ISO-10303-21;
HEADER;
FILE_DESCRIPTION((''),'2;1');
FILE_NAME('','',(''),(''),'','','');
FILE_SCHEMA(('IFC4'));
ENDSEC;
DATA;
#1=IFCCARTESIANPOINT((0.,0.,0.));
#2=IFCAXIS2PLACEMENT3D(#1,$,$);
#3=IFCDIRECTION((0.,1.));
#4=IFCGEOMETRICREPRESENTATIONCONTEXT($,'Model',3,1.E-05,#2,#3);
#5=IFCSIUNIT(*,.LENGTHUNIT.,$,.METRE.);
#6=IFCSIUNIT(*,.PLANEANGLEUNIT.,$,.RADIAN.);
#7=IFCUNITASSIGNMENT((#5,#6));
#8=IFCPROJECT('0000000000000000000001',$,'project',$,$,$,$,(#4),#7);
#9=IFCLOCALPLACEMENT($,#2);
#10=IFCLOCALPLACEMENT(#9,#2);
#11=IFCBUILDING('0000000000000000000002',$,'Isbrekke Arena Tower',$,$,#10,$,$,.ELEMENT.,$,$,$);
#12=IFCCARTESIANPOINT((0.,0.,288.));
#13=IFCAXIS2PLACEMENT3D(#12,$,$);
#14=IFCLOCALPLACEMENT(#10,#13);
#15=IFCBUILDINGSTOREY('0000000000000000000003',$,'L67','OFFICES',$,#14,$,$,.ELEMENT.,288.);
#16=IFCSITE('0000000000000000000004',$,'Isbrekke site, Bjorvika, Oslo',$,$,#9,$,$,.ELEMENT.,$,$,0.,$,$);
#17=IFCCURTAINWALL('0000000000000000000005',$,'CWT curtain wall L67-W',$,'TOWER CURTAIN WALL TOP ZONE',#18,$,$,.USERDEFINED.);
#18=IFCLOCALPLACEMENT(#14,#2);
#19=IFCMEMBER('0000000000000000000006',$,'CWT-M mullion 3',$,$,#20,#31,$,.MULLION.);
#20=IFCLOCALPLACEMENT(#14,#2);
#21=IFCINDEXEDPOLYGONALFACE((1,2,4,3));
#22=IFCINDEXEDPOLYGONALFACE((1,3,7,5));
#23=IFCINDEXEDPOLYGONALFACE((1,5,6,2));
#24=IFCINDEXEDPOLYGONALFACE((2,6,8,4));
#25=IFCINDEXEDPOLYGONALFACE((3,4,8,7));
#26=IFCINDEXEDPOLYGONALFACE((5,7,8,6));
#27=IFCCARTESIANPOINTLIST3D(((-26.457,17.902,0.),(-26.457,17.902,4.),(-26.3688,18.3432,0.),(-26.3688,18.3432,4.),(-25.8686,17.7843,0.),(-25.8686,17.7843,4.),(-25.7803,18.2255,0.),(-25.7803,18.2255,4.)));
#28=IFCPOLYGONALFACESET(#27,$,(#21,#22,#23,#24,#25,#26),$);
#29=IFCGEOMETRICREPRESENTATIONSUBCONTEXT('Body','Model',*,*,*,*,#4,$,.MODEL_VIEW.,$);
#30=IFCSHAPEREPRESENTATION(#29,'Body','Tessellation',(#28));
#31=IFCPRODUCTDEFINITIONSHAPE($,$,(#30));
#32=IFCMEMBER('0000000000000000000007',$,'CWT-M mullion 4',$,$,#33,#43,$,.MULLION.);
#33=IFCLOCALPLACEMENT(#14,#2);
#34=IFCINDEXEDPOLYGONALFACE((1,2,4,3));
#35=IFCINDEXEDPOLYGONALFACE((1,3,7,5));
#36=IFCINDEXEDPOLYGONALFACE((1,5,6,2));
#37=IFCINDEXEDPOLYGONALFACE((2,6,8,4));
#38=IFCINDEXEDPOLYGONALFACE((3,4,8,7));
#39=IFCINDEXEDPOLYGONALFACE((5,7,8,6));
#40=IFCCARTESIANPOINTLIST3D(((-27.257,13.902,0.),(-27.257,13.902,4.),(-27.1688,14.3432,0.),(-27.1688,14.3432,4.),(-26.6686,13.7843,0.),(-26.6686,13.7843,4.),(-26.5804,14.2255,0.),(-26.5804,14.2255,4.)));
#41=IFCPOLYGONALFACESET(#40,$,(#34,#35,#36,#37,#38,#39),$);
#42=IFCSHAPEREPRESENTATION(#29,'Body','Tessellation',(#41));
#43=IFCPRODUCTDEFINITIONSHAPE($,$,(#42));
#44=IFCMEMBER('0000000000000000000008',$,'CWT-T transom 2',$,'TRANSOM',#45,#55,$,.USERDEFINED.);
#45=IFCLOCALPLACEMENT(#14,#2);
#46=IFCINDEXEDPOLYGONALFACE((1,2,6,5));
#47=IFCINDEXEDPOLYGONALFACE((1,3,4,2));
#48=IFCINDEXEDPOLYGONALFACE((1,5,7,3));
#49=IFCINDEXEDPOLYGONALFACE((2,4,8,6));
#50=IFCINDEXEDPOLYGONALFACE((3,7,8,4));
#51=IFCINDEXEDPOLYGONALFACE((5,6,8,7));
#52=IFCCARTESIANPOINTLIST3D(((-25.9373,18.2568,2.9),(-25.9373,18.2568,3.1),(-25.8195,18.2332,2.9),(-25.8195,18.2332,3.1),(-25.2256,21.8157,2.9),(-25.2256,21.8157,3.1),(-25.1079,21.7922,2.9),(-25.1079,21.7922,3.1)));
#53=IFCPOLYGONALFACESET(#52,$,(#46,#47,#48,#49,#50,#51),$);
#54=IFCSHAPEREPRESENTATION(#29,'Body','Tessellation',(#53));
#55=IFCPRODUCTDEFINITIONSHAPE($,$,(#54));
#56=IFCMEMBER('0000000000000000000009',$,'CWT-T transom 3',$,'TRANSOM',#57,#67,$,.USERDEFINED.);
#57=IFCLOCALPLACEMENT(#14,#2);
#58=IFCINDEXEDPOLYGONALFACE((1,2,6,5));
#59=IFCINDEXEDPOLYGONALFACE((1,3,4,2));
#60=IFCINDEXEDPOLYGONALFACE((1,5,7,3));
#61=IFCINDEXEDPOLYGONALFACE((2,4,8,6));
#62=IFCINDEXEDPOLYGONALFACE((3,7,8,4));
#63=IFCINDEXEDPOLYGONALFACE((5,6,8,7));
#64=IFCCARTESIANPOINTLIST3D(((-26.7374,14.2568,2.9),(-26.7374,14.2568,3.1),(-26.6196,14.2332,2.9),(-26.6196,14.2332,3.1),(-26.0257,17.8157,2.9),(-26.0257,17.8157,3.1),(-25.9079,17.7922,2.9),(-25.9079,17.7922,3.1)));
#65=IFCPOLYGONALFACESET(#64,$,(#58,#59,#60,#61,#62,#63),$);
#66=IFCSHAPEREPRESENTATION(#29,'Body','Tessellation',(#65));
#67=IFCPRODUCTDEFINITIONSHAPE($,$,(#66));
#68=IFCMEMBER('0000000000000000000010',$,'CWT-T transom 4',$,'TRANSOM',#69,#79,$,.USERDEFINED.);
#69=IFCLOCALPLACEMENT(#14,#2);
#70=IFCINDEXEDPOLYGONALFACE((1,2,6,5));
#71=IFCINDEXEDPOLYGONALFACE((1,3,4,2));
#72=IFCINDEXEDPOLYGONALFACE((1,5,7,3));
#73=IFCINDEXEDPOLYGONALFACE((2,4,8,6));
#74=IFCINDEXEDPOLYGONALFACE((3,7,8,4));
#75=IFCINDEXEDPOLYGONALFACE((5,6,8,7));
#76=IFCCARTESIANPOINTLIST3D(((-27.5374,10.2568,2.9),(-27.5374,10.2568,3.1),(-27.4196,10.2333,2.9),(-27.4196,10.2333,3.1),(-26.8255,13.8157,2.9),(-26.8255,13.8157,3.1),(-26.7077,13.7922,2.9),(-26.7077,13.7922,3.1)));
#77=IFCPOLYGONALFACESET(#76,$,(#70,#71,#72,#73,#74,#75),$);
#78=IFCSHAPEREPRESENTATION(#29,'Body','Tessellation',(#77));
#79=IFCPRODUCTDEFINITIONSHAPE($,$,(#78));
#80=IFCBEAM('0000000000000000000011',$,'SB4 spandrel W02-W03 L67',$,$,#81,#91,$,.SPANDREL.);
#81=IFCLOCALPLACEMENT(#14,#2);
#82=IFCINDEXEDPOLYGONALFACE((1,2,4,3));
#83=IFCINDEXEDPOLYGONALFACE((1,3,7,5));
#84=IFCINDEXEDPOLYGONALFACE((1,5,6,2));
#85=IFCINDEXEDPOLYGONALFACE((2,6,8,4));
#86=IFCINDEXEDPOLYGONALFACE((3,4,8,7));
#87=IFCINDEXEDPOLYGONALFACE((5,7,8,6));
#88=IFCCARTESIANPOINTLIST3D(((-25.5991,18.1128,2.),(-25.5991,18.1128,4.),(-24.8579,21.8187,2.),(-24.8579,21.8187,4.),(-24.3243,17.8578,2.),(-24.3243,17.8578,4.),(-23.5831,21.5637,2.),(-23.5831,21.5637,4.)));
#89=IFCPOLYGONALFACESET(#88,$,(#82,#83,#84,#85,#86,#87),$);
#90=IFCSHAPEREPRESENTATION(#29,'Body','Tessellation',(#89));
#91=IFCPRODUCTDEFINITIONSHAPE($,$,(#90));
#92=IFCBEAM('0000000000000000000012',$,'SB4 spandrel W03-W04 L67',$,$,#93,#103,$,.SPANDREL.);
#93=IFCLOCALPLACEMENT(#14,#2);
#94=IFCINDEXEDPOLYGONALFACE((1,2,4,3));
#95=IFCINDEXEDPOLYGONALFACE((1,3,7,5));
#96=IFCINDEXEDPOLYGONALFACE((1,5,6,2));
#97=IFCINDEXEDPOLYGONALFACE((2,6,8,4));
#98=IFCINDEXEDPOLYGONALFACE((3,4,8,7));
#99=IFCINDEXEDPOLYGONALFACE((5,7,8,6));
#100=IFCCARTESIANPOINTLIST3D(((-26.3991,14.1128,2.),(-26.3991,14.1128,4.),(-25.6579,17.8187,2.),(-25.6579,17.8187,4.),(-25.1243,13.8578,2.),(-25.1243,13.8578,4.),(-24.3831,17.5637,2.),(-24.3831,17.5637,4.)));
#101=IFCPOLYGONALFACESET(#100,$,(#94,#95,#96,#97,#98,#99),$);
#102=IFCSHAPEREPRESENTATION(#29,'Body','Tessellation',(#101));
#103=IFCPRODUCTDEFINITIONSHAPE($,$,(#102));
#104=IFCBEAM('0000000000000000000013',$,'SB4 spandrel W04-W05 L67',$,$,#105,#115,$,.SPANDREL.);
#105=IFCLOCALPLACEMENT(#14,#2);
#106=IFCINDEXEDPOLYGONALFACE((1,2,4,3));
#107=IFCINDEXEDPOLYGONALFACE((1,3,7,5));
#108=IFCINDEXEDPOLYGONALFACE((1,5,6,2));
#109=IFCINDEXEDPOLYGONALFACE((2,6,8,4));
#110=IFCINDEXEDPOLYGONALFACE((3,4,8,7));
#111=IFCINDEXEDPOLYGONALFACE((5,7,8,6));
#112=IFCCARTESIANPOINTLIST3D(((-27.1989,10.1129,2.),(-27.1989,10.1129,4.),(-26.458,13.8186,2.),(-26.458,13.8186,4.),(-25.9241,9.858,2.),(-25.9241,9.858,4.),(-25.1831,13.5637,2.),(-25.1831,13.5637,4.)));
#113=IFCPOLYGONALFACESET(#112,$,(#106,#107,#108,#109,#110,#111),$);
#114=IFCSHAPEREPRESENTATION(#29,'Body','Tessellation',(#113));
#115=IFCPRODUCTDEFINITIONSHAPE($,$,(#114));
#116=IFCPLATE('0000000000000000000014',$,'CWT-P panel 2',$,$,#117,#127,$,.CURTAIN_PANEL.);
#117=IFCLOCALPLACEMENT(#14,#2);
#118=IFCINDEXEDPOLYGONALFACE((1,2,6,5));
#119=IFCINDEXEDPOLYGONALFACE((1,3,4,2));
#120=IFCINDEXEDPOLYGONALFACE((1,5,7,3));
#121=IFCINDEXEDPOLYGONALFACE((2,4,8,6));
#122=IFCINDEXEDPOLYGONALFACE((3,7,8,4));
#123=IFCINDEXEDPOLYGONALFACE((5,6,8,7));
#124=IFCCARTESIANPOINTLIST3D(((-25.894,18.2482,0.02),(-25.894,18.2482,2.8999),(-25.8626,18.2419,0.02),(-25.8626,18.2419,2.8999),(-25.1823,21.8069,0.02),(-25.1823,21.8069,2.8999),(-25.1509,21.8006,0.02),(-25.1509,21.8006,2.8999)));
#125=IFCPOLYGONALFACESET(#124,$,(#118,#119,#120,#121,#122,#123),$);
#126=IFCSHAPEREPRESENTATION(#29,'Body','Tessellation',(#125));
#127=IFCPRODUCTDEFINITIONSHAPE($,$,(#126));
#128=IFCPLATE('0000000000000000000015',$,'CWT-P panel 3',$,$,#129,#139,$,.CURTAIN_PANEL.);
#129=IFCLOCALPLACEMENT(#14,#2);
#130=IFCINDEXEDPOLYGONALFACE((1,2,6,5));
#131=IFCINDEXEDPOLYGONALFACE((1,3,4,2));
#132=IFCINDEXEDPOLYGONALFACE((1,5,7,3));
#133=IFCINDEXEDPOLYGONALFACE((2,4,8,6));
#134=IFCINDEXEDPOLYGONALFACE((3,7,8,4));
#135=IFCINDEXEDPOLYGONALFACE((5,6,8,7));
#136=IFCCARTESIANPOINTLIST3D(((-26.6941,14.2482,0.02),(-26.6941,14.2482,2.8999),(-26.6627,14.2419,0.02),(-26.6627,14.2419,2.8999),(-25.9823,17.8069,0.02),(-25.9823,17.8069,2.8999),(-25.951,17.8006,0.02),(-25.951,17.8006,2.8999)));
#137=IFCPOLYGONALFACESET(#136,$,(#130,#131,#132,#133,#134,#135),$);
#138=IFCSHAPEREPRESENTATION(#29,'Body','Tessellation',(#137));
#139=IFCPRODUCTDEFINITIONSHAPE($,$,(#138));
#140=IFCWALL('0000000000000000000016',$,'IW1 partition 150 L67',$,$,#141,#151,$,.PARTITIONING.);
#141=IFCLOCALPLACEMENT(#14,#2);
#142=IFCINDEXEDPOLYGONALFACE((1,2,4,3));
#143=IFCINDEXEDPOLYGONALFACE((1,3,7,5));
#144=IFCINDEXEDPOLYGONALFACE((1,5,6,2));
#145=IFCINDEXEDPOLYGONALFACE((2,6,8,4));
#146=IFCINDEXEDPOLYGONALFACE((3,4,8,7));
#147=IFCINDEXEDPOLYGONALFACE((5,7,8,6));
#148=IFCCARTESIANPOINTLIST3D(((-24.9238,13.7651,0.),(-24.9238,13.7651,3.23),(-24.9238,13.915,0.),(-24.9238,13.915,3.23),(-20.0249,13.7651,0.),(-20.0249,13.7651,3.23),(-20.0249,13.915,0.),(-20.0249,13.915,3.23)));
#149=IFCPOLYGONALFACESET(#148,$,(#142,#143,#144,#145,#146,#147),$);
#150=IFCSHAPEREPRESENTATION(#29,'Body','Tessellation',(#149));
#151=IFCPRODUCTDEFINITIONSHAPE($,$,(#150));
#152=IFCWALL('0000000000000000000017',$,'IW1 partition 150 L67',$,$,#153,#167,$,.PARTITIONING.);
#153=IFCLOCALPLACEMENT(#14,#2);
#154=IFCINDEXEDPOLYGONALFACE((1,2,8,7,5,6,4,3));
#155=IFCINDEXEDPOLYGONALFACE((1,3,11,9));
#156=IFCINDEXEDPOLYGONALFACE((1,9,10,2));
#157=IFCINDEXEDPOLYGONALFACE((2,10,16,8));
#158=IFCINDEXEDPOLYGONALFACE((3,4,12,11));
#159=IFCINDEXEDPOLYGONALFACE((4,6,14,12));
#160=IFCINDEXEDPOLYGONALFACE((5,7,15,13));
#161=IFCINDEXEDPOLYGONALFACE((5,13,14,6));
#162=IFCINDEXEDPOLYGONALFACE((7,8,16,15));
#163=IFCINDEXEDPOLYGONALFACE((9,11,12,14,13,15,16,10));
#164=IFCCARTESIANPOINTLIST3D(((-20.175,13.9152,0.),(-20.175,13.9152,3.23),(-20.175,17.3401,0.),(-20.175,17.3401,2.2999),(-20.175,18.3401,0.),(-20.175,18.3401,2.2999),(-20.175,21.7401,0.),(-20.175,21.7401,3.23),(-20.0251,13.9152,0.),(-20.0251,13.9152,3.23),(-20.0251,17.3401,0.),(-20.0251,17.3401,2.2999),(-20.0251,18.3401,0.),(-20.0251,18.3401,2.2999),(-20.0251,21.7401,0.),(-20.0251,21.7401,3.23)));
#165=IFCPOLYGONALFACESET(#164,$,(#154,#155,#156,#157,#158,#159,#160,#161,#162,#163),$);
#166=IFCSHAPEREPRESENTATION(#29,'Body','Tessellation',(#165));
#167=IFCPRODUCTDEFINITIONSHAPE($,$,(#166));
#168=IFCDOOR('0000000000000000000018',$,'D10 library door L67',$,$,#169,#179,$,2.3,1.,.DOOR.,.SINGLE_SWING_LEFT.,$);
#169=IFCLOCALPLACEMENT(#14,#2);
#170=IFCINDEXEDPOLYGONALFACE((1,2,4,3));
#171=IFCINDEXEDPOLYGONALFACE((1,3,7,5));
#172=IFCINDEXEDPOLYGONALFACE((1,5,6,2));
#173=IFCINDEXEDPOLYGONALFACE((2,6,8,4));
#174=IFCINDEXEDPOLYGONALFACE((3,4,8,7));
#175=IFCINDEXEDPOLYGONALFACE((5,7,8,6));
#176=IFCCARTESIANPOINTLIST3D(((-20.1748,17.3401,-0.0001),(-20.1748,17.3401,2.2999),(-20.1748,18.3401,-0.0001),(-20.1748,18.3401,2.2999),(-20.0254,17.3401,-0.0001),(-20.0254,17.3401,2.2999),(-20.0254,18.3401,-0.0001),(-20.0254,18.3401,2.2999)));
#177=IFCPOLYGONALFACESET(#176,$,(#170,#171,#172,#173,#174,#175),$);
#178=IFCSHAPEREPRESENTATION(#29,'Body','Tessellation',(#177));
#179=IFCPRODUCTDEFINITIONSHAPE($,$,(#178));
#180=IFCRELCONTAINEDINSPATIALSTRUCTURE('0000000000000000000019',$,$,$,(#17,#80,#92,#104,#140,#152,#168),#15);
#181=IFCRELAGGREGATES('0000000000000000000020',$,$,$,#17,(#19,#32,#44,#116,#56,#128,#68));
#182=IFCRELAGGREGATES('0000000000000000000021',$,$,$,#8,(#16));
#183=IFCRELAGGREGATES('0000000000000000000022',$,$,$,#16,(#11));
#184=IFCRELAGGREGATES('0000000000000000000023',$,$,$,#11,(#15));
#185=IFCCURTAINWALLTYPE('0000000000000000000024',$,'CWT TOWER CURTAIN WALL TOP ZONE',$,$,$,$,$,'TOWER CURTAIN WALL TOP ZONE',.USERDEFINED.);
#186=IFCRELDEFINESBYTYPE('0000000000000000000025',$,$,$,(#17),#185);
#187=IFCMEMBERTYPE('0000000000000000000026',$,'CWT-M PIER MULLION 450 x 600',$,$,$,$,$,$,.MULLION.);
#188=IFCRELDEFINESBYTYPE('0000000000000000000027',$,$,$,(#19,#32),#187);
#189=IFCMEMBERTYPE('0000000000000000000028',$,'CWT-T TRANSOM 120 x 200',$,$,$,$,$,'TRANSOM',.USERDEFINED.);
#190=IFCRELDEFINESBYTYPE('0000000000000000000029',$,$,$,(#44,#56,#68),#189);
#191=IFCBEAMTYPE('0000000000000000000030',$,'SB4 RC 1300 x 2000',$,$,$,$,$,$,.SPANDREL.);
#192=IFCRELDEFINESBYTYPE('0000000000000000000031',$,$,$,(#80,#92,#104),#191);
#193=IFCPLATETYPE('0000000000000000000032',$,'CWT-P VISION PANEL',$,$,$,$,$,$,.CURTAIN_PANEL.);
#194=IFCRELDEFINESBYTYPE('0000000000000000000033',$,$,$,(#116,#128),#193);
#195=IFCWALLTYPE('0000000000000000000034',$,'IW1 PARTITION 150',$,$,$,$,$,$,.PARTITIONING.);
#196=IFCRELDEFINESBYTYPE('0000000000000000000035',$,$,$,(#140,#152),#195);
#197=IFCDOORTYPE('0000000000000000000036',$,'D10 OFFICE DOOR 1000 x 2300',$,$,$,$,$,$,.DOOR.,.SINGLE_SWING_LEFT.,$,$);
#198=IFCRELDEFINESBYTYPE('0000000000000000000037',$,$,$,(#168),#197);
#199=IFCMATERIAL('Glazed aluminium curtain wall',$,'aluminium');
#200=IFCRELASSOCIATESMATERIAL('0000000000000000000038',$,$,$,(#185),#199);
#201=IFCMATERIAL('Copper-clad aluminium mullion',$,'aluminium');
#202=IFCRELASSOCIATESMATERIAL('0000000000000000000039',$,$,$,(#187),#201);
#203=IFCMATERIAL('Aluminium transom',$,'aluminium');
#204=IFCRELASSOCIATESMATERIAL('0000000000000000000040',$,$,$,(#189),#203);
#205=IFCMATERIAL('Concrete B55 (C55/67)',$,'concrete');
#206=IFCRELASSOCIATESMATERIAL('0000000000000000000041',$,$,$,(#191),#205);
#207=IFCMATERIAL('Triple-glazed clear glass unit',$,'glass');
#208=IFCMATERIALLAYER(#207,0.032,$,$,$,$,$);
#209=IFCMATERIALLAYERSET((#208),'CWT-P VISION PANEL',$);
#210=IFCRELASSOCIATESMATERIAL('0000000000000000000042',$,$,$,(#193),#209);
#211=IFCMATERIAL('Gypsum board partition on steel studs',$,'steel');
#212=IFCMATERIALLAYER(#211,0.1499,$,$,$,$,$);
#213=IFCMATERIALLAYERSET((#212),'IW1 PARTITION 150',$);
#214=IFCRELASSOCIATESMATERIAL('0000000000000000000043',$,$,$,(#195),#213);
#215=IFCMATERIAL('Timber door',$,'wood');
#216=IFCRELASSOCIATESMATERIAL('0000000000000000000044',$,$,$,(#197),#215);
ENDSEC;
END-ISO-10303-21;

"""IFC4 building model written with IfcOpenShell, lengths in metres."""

from ifc_helpers import new_model, si_unit, direction, frame, frame_2d, origin, origin_2d, place, context, subcontext, project, spatial, rectangle, extrude, material, layer, layer_set, material_profile, profile_set, type_object, element, fill, aggregate, save


model = new_model("IFC4")

# Units and contexts
model_context = context("Model", 3, precision=1e-05, world=origin(), true_north=direction((0.0, 1.0)))
body_context = subcontext(model_context, "Body", "Model", "MODEL_VIEW")
ifc_project = project(units=[si_unit("LENGTHUNIT", "METRE"), si_unit("PLANEANGLEUNIT", "RADIAN")], contexts=[model_context])

# Site, building, storey
site_placement = place(None, origin())
site = spatial("IfcSite", under=ifc_project, at=site_placement, Name="Isbrekke site, Bjorvika, Oslo", CompositionType="ELEMENT", RefElevation=0.0)
building_placement = place(site_placement, origin())
building = spatial("IfcBuilding", under=site, at=building_placement, Name="Isbrekke Arena Tower", CompositionType="ELEMENT")
storey_placement = place(building_placement, frame((0.0, 0.0, 288.0)))
storey = spatial("IfcBuildingStorey", under=building, at=storey_placement, Name="L67", Description="OFFICES", CompositionType="ELEMENT", Elevation=288.0)

# Curtain wall, members
ifc_material_1 = material(Name="Glazed aluminium curtain wall", Category="aluminium")
curtain_wall_type = type_object("IfcCurtainWallType", Name="CWT TOWER CURTAIN WALL TOP ZONE", ElementType="TOWER CURTAIN WALL TOP ZONE", PredefinedType="USERDEFINED", material=ifc_material_1)
curtain_wall_placement = place(storey_placement, origin())
curtain_wall = element("IfcCurtainWall", 1, at=curtain_wall_placement, inside=storey, type_object=curtain_wall_type, Name="CWT curtain wall L67-W", ObjectType="TOWER CURTAIN WALL TOP ZONE", PredefinedType="USERDEFINED")
ifc_material_2 = material(Name="Copper-clad aluminium mullion", Category="aluminium")
ifc_material_profile_1 = material_profile(ifc_material_2, rectangle(XDim=0.45, YDim=0.6001, at=origin_2d()), Name="PIER 450X600")
ifc_profile_set_1 = profile_set([ifc_material_profile_1], Name="Copper-clad aluminium mullion")
member_type_1 = type_object("IfcMemberType", Name="CWT-M PIER MULLION 450 x 600", PredefinedType="MULLION", material=ifc_profile_set_1)
member_1_placement = place(storey_placement, frame((-26.1187, 18.0637, 0.0), z_axis=(0.0, 0.0, 1.0), x_axis=(-0.196116, -0.980581, 0.0)))
member_1 = element("IfcMember", 2, at=member_1_placement, type_object=member_type_1, Name="CWT-M mullion 3", PredefinedType="MULLION", context=body_context, shape_type="SweptSolid", body=[
    extrude(rectangle(XDim=0.45, YDim=0.6001, at=origin_2d()), origin(), (0.0, 0.0, 1.0), 4.0),
])
member_2_placement = place(storey_placement, frame((-26.9187, 14.0637, 0.0), z_axis=(0.0, 0.0, 1.0), x_axis=(-0.196116, -0.980581, 0.0)))
member_2 = element("IfcMember", 3, at=member_2_placement, type_object=member_type_1, Name="CWT-M mullion 4", PredefinedType="MULLION", context=body_context, shape_type="SweptSolid", body=[
    extrude(rectangle(XDim=0.45, YDim=0.6001, at=origin_2d()), origin(), (0.0, 0.0, 1.0), 4.0),
])
ifc_material_3 = material(Name="Aluminium transom", Category="aluminium")
ifc_material_profile_2 = material_profile(ifc_material_3, rectangle(XDim=0.1201, YDim=0.2, at=origin_2d()), Name="TRANSOM 120X200")
ifc_profile_set_2 = profile_set([ifc_material_profile_2], Name="Aluminium transom")
member_type_2 = type_object("IfcMemberType", Name="CWT-T TRANSOM 120 x 200", ElementType="TRANSOM", PredefinedType="USERDEFINED", material=ifc_profile_set_2)
member_3_placement = place(storey_placement, frame((-25.1667, 21.804, 3.0), z_axis=(-0.19609, -0.980586, 0.0), x_axis=(0.980586, -0.19609, 0.0)))
member_3 = element("IfcMember", 4, at=member_3_placement, type_object=member_type_2, Name="CWT-T transom 2", ObjectType="TRANSOM", PredefinedType="USERDEFINED", context=body_context, shape_type="SweptSolid", body=[
    extrude(rectangle(XDim=0.1201, YDim=0.2, at=origin_2d()), origin(), (0.0, 0.0, 1.0), 3.6294),
])
member_4_placement = place(storey_placement, frame((-25.9668, 17.804, 3.0), z_axis=(-0.19609, -0.980586, 0.0), x_axis=(0.980586, -0.19609, 0.0)))
member_4 = element("IfcMember", 5, at=member_4_placement, type_object=member_type_2, Name="CWT-T transom 3", ObjectType="TRANSOM", PredefinedType="USERDEFINED", context=body_context, shape_type="SweptSolid", body=[
    extrude(rectangle(XDim=0.1201, YDim=0.2, at=origin_2d()), origin(), (0.0, 0.0, 1.0), 3.6294),
])
member_5_placement = place(storey_placement, frame((-26.7666, 13.804, 3.0), z_axis=(-0.196155, -0.980573, 0.0), x_axis=(0.980573, -0.196155, 0.0)))
member_5 = element("IfcMember", 6, at=member_5_placement, type_object=member_type_2, Name="CWT-T transom 4", ObjectType="TRANSOM", PredefinedType="USERDEFINED", context=body_context, shape_type="SweptSolid", body=[
    extrude(rectangle(XDim=0.1201, YDim=0.2, at=origin_2d()), origin(), (0.0, 0.0, 1.0), 3.6294),
])

# Beams
ifc_material_4 = material(Name="Concrete B55 (C55/67)", Category="concrete")
ifc_material_profile_3 = material_profile(ifc_material_4, rectangle(XDim=1.3, YDim=2.0, at=origin_2d()), Name="RC 1300x2000")
ifc_profile_set_3 = profile_set([ifc_material_profile_3], Name="Concrete B55 (C55/67)")
beam_type_1 = type_object("IfcBeamType", Name="SB4 RC 1300 x 2000", PredefinedType="SPANDREL", material=ifc_profile_set_3)
for number, where, z_axis, x_axis, name in (
    (7, (-24.2205, 21.6912, 3.0), (-0.196129, -0.980578, 0.0), (0.980578, -0.196129, 0.0), "SB4 spandrel W02-W03 L67"),
    (8, (-25.0205, 17.6912, 3.0), (-0.196129, -0.980578, 0.0), (0.980578, -0.196129, 0.0), "SB4 spandrel W03-W04 L67"),
):
    element("IfcBeam", number, at=place(storey_placement, frame(where, z_axis=z_axis, x_axis=x_axis)), inside=storey, type_object=beam_type_1, Name=name, PredefinedType="SPANDREL", context=body_context, shape_type="SweptSolid", body=[
        extrude(rectangle(XDim=1.3, YDim=2.0, at=origin_2d()), origin(), (0.0, 0.0, 1.0), 3.7793),
    ])
beam_1_placement = place(storey_placement, frame((-25.8206, 13.6912, 3.0), z_axis=(-0.196066, -0.980591, 0.0), x_axis=(0.980591, -0.196066, 0.0)))
element("IfcBeam", 9, at=beam_1_placement, inside=storey, type_object=beam_type_1, Name="SB4 spandrel W04-W05 L67", PredefinedType="SPANDREL", context=body_context, shape_type="SweptSolid", body=[
    extrude(rectangle(XDim=1.3, YDim=2.0, at=origin_2d()), origin(), (0.0, 0.0, 1.0), 3.7791),
])

# Plates
ifc_material_5 = material(Name="Triple-glazed clear glass unit", Category="glass")
ifc_layer_1 = layer(ifc_material_5, 0.032)
ifc_layer_set_1 = layer_set([ifc_layer_1], Name="CWT-P VISION PANEL")
plate_type = type_object("IfcPlateType", Name="CWT-P VISION PANEL", PredefinedType="CURTAIN_PANEL", material=ifc_layer_set_1)
plate_1_placement = place(storey_placement, frame((-25.5225, 20.0244, 0.02), z_axis=(0.0, 0.0, 1.0), x_axis=(-0.196116, -0.980581, 0.0)))
plate_1 = element("IfcPlate", 10, at=plate_1_placement, type_object=plate_type, Name="CWT-P panel 2", PredefinedType="CURTAIN_PANEL", context=body_context, shape_type="SweptSolid", body=[
    extrude(rectangle(XDim=3.6292, YDim=0.032, at=origin_2d()), origin(), (0.0, 0.0, 1.0), 2.8799),
])
plate_2_placement = place(storey_placement, frame((-26.3225, 16.0244, 0.02), z_axis=(0.0, 0.0, 1.0), x_axis=(-0.196116, -0.980581, 0.0)))
plate_2 = element("IfcPlate", 11, at=plate_2_placement, type_object=plate_type, Name="CWT-P panel 3", PredefinedType="CURTAIN_PANEL", context=body_context, shape_type="SweptSolid", body=[
    extrude(rectangle(XDim=3.6292, YDim=0.032, at=origin_2d()), origin(), (0.0, 0.0, 1.0), 2.8799),
])
aggregate(curtain_wall, [member_1, member_2, member_3, plate_1, member_4, plate_2, member_5])

# Wall
ifc_material_6 = material(Name="Gypsum board partition on steel studs", Category="steel")
ifc_layer_2 = layer(ifc_material_6, 0.1499)
ifc_layer_set_2 = layer_set([ifc_layer_2], Name="IW1 PARTITION 150")
wall_type_1 = type_object("IfcWallType", Name="IW1 PARTITION 150", PredefinedType="PARTITIONING", material=ifc_layer_set_2)
wall_1_placement = place(storey_placement, frame((-24.9238, 13.8401, 0.0), z_axis=(0.0, 0.0, 1.0), x_axis=(1.0, 0.0, 0.0)))
element("IfcWall", 12, at=wall_1_placement, inside=storey, type_object=wall_type_1, Name="IW1 partition 150 L67", PredefinedType="PARTITIONING", context=body_context, shape_type="SweptSolid", body=[
    extrude(rectangle(XDim=4.8989, YDim=0.1499, at=frame_2d((2.4495, 0.0))), origin(), (0.0, 0.0, 1.0), 3.23),
])

# Wall, opening, door
wall_2_placement = place(storey_placement, frame((-20.1001, 13.915, 0.0), z_axis=(0.0, 0.0, 1.0), x_axis=(0.0, 1.0, 0.0)))
wall_2 = element("IfcWall", 13, at=wall_2_placement, inside=storey, type_object=wall_type_1, Name="IW1 partition 150 L67", PredefinedType="PARTITIONING", context=body_context, shape_type="SweptSolid", body=[
    extrude(rectangle(XDim=7.825, YDim=0.1499, at=frame_2d((3.9126, 0.0))), origin(), (0.0, 0.0, 1.0), 3.23),
])
opening_placement = place(wall_2_placement, frame((3.425, 0.0, 0.0)))
opening = element("IfcOpeningElement", 14, at=opening_placement, cuts=wall_2, PredefinedType="OPENING", context=body_context, shape_type="SweptSolid", body=[
    extrude(rectangle(XDim=1.0, YDim=2.3, at=frame_2d((0.5, 1.1499))), frame((0.0, 0.0898, 0.0), z_axis=(0.0, -1.0, 0.0), x_axis=(1.0, 0.0, 0.0)), (0.0, 0.0, 1.0), 0.1797),
])
ifc_material_7 = material(Name="Timber door", Category="wood")
door_type = type_object("IfcDoorType", Name="D10 OFFICE DOOR 1000 x 2300", OperationType="SINGLE_SWING_LEFT", PredefinedType="DOOR", material=ifc_material_7)
door_placement = place(opening_placement, origin())
door = element("IfcDoor", 15, at=door_placement, inside=storey, type_object=door_type, Name="D10 library door L67", OperationType="SINGLE_SWING_LEFT", OverallHeight=2.3, OverallWidth=1.0, PredefinedType="DOOR", context=body_context, shape_type="SweptSolid", body=[
    extrude(rectangle(XDim=1.0, YDim=2.3, at=frame_2d((0.5, 1.1499))), frame((0.0, 0.0747, 0.0), z_axis=(0.0, -1.0, 0.0), x_axis=(1.0, 0.0, 0.0)), (0.0, 0.0, 1.0), 0.1494),
])
fill(opening, door)

save(model, "model.ifc")
